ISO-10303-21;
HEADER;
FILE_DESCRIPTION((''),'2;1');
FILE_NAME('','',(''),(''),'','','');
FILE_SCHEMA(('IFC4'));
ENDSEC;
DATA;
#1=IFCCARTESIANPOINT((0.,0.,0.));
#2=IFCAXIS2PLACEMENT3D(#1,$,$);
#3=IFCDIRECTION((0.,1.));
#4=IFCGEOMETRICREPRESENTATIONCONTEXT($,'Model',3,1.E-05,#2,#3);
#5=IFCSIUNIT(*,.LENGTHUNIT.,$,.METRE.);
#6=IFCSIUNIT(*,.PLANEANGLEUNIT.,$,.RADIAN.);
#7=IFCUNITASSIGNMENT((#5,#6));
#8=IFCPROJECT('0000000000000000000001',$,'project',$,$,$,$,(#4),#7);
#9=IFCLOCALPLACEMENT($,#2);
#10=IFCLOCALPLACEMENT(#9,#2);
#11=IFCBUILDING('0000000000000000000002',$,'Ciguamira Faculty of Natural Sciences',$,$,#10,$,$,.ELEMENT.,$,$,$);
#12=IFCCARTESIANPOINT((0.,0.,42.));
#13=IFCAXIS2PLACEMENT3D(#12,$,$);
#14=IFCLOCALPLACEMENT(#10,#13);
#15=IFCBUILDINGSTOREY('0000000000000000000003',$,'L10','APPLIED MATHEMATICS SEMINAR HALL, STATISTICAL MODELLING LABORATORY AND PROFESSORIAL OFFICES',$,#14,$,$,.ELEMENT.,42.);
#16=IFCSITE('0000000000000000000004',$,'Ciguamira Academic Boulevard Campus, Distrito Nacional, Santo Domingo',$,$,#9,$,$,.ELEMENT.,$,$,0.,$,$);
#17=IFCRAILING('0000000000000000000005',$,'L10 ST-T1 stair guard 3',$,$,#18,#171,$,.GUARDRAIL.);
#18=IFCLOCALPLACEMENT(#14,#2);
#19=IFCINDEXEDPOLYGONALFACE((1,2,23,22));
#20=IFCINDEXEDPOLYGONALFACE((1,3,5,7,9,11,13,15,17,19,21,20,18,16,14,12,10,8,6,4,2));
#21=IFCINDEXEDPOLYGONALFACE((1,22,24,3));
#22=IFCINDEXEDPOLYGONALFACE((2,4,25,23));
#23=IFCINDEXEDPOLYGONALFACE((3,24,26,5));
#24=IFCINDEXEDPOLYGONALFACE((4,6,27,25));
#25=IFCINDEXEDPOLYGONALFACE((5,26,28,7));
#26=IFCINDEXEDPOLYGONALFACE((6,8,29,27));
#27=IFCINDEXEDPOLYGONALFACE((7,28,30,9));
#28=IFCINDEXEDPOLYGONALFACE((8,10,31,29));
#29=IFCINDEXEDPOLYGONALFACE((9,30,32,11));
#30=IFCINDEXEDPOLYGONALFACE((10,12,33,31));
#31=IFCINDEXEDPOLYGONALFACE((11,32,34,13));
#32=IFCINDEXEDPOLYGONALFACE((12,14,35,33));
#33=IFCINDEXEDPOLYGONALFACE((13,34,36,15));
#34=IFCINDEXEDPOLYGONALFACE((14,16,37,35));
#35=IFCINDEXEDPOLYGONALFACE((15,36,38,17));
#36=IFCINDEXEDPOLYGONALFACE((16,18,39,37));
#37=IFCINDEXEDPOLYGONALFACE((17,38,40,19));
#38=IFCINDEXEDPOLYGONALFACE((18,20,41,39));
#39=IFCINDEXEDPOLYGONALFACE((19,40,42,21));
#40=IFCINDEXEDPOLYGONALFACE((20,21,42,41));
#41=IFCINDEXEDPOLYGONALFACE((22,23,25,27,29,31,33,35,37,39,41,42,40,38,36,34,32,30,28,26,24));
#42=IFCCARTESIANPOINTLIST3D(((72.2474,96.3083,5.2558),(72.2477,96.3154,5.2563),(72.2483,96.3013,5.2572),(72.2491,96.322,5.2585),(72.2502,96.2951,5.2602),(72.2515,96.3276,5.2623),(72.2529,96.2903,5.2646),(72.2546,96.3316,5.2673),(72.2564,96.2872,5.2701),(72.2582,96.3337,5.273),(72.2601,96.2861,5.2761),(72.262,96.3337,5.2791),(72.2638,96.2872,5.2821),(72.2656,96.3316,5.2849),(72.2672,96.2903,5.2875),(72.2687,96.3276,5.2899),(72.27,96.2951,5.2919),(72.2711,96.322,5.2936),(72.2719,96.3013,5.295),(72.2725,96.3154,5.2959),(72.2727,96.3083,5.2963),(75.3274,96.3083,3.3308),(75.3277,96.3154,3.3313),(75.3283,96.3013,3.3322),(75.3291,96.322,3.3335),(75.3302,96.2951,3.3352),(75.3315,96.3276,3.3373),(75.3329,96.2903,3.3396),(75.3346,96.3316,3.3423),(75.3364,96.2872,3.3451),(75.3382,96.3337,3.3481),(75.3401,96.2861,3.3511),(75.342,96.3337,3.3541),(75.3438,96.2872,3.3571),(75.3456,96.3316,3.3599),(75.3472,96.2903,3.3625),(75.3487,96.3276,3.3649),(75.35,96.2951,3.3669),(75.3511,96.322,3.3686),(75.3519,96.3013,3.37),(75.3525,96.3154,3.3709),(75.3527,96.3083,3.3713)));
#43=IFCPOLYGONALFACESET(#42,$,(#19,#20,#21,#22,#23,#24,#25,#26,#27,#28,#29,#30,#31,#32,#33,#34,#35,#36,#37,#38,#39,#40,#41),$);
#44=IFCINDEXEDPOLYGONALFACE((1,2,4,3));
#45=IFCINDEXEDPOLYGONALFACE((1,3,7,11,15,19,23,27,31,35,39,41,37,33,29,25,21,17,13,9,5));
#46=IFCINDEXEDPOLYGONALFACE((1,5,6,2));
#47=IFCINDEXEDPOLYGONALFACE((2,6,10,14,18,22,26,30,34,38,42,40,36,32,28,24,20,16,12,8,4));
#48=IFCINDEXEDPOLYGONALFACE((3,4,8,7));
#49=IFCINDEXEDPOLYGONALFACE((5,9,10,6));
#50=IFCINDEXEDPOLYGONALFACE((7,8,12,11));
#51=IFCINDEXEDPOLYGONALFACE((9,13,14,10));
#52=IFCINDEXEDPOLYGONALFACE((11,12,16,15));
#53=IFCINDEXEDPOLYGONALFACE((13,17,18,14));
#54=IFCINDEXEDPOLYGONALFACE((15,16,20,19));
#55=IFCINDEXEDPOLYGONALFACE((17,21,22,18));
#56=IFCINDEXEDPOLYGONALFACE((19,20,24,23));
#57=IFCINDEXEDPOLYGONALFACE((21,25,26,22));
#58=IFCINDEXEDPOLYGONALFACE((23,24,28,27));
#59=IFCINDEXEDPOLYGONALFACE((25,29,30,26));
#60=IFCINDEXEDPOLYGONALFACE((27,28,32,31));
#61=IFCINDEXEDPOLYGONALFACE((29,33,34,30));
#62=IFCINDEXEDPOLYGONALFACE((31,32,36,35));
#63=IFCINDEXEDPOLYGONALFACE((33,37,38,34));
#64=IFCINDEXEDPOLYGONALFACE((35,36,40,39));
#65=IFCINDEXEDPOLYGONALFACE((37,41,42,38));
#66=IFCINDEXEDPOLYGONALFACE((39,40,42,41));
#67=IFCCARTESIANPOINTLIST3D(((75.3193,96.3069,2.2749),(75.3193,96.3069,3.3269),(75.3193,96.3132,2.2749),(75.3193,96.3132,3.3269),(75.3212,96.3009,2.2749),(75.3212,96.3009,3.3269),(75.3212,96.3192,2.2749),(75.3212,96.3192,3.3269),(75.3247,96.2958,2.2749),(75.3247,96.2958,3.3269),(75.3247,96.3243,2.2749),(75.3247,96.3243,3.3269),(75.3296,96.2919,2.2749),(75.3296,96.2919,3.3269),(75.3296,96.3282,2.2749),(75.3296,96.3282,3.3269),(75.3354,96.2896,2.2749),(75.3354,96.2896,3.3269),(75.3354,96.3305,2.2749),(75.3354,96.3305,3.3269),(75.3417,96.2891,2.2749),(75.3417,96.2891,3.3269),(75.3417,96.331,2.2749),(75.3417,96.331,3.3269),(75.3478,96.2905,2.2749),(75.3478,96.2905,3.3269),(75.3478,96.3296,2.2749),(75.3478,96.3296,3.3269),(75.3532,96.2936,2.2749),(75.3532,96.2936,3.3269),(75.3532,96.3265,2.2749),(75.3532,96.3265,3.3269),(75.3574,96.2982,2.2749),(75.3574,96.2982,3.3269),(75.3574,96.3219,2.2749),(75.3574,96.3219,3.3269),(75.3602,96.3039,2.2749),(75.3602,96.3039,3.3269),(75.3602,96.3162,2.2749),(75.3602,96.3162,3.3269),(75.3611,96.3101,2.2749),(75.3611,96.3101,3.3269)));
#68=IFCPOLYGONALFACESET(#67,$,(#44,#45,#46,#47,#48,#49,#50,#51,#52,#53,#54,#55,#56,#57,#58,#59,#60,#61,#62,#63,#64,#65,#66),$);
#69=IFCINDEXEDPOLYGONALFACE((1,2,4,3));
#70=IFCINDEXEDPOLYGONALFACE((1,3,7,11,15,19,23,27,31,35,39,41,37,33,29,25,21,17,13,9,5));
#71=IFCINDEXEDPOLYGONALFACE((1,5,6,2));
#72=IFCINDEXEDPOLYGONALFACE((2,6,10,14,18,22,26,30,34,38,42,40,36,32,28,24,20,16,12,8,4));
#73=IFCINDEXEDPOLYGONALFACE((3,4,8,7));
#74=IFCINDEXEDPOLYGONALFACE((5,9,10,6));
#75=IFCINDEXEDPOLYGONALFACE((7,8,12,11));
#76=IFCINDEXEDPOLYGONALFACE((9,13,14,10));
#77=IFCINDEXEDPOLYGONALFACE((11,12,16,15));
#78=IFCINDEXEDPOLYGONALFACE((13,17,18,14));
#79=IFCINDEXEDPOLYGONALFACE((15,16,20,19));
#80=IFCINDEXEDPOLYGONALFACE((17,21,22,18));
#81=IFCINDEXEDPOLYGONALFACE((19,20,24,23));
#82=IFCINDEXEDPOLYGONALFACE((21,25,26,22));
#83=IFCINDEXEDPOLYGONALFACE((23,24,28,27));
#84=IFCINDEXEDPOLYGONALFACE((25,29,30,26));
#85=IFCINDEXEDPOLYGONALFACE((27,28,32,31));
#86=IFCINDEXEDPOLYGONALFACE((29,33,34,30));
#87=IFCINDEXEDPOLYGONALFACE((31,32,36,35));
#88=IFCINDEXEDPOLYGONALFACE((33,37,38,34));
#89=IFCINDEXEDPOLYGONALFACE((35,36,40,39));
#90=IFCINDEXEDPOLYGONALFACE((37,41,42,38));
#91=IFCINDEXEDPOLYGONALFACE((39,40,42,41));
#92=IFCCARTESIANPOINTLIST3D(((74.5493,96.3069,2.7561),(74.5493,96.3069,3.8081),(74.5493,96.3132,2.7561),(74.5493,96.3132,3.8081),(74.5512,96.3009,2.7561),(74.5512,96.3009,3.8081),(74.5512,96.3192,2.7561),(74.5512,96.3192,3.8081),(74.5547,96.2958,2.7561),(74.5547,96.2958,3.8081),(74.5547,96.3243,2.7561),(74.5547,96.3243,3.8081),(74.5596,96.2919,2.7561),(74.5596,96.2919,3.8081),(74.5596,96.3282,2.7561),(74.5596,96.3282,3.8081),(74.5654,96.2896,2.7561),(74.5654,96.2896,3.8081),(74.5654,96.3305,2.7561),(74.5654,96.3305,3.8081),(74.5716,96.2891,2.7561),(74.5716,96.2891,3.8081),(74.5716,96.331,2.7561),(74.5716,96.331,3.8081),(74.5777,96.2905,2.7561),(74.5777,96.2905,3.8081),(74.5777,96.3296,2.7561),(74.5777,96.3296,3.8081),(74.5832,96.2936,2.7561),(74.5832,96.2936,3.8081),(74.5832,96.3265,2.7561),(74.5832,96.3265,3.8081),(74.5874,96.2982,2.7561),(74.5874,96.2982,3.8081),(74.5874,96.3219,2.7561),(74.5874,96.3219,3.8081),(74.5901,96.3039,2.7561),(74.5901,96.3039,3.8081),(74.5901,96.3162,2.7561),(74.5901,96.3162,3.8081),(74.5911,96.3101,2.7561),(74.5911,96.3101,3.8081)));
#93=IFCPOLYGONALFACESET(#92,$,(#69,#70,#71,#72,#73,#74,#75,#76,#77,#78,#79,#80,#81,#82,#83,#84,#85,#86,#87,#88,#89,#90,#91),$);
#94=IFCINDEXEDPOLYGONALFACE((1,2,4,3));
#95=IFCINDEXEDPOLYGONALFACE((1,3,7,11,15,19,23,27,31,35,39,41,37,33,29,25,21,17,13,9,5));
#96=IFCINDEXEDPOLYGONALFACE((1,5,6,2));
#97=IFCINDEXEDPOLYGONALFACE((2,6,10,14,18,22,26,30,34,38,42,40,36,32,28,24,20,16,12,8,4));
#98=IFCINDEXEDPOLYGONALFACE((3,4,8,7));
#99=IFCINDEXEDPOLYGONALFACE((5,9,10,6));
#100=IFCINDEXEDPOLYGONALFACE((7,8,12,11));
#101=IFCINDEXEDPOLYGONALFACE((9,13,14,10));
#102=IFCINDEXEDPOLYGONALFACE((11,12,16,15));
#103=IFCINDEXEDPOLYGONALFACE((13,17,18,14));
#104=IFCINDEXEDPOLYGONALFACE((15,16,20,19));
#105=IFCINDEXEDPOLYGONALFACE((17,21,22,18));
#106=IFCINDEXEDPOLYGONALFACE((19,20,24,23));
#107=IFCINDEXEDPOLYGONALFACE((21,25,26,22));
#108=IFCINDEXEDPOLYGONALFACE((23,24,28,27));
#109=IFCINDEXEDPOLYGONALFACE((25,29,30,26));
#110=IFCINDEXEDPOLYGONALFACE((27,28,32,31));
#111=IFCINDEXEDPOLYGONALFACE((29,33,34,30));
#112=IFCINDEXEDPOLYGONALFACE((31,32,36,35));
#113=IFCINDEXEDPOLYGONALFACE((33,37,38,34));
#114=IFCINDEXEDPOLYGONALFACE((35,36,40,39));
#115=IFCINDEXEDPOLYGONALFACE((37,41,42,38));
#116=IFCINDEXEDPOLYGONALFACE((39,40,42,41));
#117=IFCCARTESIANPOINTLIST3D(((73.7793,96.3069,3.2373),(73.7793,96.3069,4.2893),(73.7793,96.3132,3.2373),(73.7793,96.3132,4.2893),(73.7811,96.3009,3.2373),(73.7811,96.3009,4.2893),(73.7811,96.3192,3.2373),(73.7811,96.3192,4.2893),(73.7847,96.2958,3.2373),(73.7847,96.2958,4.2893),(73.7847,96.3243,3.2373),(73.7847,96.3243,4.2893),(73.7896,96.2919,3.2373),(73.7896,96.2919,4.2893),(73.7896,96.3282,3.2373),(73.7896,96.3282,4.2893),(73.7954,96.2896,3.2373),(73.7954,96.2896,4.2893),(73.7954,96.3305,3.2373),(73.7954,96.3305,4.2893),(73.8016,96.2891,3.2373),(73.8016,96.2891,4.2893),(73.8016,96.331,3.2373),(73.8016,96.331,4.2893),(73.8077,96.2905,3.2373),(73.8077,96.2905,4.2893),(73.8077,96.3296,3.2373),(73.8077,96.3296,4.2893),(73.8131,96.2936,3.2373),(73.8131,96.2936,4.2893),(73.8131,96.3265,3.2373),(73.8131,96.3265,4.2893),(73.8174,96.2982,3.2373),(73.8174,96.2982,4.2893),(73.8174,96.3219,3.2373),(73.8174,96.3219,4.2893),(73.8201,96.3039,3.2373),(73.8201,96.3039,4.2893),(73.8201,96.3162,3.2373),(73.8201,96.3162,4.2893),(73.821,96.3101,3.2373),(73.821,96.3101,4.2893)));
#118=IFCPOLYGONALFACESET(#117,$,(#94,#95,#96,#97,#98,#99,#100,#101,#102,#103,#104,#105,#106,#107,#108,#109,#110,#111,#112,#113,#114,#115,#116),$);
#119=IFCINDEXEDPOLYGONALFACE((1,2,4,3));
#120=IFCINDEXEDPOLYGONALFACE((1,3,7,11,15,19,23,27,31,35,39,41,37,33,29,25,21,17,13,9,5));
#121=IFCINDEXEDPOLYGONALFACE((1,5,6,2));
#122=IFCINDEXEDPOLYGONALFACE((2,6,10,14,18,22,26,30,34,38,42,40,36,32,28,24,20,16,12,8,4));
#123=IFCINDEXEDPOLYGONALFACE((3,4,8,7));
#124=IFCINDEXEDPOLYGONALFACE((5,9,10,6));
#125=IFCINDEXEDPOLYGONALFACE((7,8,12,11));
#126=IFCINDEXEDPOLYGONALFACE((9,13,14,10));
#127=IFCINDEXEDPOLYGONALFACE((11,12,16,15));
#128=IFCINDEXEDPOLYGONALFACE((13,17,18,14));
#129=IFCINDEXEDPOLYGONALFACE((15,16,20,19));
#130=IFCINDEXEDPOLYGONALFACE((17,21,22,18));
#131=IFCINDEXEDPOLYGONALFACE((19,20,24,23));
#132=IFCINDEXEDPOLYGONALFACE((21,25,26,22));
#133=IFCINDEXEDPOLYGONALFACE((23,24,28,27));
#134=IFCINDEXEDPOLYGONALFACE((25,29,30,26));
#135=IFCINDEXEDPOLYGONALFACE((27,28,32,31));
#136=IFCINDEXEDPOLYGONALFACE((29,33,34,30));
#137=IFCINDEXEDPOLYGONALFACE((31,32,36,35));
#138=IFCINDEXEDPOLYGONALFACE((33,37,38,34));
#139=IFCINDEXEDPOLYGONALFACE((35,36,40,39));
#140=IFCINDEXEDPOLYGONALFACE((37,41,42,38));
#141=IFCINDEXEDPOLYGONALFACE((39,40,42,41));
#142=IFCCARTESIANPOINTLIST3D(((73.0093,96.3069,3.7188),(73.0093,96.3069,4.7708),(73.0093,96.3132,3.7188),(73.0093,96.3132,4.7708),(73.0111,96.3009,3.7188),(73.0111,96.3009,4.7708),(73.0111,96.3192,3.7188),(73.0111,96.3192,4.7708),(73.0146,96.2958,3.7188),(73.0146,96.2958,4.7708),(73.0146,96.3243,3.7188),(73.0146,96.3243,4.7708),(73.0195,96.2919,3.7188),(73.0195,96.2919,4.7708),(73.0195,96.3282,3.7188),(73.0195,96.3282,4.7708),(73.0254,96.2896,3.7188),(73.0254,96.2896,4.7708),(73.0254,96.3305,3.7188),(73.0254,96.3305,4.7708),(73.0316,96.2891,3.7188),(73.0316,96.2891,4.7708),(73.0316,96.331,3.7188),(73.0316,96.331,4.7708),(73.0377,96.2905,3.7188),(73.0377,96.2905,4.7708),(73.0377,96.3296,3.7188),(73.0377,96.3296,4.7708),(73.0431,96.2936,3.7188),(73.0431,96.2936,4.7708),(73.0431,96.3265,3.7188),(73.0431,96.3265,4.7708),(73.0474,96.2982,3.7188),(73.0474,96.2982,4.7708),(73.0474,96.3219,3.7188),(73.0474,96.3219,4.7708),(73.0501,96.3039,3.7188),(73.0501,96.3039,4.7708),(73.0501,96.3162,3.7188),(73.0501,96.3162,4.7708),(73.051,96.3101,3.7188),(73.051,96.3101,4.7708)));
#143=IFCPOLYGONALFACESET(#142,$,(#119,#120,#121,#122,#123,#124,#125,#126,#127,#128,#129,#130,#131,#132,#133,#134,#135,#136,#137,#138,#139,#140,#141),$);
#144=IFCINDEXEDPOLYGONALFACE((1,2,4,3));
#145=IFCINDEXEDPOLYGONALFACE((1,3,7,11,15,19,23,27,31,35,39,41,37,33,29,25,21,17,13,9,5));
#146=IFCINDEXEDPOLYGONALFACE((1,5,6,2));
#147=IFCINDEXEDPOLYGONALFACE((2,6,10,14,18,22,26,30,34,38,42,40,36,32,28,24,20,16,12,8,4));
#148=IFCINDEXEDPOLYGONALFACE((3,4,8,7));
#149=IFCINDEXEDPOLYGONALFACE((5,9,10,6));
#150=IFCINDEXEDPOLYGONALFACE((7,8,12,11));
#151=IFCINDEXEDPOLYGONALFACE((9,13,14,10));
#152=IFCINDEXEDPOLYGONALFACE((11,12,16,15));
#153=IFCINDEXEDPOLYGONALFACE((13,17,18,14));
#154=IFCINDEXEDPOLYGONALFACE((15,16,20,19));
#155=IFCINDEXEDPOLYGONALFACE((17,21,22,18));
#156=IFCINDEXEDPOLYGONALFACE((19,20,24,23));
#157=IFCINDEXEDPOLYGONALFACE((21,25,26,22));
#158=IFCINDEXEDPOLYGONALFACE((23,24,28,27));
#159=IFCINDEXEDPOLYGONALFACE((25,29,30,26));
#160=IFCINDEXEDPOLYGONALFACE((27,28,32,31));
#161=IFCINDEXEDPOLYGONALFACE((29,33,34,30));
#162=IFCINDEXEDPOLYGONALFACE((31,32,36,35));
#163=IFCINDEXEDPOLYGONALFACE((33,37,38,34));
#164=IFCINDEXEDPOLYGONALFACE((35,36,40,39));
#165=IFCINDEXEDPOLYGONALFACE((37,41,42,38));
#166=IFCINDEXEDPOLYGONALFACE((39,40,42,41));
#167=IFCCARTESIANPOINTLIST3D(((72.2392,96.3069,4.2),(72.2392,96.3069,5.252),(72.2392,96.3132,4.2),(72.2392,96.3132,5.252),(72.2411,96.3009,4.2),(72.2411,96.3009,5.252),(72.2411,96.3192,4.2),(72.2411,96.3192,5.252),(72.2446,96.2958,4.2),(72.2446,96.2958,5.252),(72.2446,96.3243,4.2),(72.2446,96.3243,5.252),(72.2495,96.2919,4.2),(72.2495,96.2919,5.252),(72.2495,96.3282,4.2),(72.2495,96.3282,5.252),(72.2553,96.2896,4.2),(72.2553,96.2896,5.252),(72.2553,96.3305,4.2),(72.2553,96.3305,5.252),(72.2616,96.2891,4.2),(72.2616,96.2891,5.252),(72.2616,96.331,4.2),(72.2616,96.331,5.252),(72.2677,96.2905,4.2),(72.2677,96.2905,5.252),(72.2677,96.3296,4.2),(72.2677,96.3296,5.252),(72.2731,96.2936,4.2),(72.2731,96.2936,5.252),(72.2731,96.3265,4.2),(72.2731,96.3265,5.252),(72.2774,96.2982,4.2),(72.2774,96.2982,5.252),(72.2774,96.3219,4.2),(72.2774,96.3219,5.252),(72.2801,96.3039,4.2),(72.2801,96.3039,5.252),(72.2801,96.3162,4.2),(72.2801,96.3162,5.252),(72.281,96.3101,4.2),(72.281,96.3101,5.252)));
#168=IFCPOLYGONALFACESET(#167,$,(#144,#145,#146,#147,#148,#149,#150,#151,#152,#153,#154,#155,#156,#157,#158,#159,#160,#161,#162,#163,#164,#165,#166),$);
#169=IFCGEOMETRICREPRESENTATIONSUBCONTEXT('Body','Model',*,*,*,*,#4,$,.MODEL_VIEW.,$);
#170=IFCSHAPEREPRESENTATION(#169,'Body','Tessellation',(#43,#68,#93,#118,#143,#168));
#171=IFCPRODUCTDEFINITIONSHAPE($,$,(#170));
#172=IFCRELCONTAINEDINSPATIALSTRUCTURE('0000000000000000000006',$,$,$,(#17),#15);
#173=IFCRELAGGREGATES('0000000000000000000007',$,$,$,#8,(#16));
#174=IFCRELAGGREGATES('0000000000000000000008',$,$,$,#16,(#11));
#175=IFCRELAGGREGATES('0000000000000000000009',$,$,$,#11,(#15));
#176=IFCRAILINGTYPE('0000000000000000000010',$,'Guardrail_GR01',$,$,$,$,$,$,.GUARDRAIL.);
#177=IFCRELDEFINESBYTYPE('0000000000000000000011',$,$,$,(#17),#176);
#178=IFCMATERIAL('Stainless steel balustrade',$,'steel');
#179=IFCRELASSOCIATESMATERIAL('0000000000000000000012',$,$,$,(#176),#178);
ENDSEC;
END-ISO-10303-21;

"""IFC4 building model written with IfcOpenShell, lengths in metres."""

from ifc_helpers import new_model, si_unit, direction, frame, origin, origin_2d, place, context, subcontext, project, spatial, circle, extrude, material, type_object, element, save


model = new_model("IFC4")

# Units and contexts
model_context = context("Model", 3, precision=1e-05, world=origin(), true_north=direction((0.0, 1.0)))
body_context = subcontext(model_context, "Body", "Model", "MODEL_VIEW")
ifc_project = project(units=[si_unit("LENGTHUNIT", "METRE"), si_unit("PLANEANGLEUNIT", "RADIAN")], contexts=[model_context])

# Site, building, storey
site_placement = place(None, origin())
site = spatial("IfcSite", under=ifc_project, at=site_placement, Name="Ciguamira Academic Boulevard Campus, Distrito Nacional, Santo Domingo", CompositionType="ELEMENT", RefElevation=0.0)
building_placement = place(site_placement, origin())
building = spatial("IfcBuilding", under=site, at=building_placement, Name="Ciguamira Faculty of Natural Sciences", CompositionType="ELEMENT")
storey_placement = place(building_placement, frame((0.0, 0.0, 42.0)))
storey = spatial("IfcBuildingStorey", under=building, at=storey_placement, Name="L10", Description="APPLIED MATHEMATICS SEMINAR HALL, STATISTICAL MODELLING LABORATORY AND PROFESSORIAL OFFICES", CompositionType="ELEMENT", Elevation=42.0)

# Railing
ifc_material_1 = material(Name="Stainless steel balustrade", Category="steel")
railing_type_1 = type_object("IfcRailingType", Name="Guardrail_GR01", PredefinedType="GUARDRAIL", material=ifc_material_1)
railing_1_placement = place(storey_placement, frame((75.3401, 96.3101, 2.2749)))
element("IfcRailing", 1, at=railing_1_placement, inside=storey, type_object=railing_type_1, Name="L10 ST-T1 stair guard 3", PredefinedType="GUARDRAIL", context=body_context, shape_type="SweptSolid", body=[
    extrude(circle(Radius=0.0239, at=origin_2d()), frame((0.0, 0.0, 1.0762), z_axis=(-0.847998, 0.0, 0.529999), x_axis=(0.0, -1.0, 0.0)), (0.0, 0.0, 1.0), 3.6321),
    extrude(circle(Radius=0.021, at=origin_2d()), origin(), (0.0, 0.0, 1.0), 1.052),
    extrude(circle(Radius=0.021, at=origin_2d()), frame((-0.77, 0.0, 0.4812)), (0.0, 0.0, 1.0), 1.052),
    extrude(circle(Radius=0.021, at=origin_2d()), frame((-1.54, 0.0, 0.9624)), (0.0, 0.0, 1.0), 1.052),
    extrude(circle(Radius=0.021, at=origin_2d()), frame((-2.3101, 0.0, 1.4438)), (0.0, 0.0, 1.0), 1.052),
    extrude(circle(Radius=0.021, at=origin_2d()), frame((-3.0801, 0.0, 1.925)), (0.0, 0.0, 1.0), 1.052),
])

save(model, "model.ifc")
